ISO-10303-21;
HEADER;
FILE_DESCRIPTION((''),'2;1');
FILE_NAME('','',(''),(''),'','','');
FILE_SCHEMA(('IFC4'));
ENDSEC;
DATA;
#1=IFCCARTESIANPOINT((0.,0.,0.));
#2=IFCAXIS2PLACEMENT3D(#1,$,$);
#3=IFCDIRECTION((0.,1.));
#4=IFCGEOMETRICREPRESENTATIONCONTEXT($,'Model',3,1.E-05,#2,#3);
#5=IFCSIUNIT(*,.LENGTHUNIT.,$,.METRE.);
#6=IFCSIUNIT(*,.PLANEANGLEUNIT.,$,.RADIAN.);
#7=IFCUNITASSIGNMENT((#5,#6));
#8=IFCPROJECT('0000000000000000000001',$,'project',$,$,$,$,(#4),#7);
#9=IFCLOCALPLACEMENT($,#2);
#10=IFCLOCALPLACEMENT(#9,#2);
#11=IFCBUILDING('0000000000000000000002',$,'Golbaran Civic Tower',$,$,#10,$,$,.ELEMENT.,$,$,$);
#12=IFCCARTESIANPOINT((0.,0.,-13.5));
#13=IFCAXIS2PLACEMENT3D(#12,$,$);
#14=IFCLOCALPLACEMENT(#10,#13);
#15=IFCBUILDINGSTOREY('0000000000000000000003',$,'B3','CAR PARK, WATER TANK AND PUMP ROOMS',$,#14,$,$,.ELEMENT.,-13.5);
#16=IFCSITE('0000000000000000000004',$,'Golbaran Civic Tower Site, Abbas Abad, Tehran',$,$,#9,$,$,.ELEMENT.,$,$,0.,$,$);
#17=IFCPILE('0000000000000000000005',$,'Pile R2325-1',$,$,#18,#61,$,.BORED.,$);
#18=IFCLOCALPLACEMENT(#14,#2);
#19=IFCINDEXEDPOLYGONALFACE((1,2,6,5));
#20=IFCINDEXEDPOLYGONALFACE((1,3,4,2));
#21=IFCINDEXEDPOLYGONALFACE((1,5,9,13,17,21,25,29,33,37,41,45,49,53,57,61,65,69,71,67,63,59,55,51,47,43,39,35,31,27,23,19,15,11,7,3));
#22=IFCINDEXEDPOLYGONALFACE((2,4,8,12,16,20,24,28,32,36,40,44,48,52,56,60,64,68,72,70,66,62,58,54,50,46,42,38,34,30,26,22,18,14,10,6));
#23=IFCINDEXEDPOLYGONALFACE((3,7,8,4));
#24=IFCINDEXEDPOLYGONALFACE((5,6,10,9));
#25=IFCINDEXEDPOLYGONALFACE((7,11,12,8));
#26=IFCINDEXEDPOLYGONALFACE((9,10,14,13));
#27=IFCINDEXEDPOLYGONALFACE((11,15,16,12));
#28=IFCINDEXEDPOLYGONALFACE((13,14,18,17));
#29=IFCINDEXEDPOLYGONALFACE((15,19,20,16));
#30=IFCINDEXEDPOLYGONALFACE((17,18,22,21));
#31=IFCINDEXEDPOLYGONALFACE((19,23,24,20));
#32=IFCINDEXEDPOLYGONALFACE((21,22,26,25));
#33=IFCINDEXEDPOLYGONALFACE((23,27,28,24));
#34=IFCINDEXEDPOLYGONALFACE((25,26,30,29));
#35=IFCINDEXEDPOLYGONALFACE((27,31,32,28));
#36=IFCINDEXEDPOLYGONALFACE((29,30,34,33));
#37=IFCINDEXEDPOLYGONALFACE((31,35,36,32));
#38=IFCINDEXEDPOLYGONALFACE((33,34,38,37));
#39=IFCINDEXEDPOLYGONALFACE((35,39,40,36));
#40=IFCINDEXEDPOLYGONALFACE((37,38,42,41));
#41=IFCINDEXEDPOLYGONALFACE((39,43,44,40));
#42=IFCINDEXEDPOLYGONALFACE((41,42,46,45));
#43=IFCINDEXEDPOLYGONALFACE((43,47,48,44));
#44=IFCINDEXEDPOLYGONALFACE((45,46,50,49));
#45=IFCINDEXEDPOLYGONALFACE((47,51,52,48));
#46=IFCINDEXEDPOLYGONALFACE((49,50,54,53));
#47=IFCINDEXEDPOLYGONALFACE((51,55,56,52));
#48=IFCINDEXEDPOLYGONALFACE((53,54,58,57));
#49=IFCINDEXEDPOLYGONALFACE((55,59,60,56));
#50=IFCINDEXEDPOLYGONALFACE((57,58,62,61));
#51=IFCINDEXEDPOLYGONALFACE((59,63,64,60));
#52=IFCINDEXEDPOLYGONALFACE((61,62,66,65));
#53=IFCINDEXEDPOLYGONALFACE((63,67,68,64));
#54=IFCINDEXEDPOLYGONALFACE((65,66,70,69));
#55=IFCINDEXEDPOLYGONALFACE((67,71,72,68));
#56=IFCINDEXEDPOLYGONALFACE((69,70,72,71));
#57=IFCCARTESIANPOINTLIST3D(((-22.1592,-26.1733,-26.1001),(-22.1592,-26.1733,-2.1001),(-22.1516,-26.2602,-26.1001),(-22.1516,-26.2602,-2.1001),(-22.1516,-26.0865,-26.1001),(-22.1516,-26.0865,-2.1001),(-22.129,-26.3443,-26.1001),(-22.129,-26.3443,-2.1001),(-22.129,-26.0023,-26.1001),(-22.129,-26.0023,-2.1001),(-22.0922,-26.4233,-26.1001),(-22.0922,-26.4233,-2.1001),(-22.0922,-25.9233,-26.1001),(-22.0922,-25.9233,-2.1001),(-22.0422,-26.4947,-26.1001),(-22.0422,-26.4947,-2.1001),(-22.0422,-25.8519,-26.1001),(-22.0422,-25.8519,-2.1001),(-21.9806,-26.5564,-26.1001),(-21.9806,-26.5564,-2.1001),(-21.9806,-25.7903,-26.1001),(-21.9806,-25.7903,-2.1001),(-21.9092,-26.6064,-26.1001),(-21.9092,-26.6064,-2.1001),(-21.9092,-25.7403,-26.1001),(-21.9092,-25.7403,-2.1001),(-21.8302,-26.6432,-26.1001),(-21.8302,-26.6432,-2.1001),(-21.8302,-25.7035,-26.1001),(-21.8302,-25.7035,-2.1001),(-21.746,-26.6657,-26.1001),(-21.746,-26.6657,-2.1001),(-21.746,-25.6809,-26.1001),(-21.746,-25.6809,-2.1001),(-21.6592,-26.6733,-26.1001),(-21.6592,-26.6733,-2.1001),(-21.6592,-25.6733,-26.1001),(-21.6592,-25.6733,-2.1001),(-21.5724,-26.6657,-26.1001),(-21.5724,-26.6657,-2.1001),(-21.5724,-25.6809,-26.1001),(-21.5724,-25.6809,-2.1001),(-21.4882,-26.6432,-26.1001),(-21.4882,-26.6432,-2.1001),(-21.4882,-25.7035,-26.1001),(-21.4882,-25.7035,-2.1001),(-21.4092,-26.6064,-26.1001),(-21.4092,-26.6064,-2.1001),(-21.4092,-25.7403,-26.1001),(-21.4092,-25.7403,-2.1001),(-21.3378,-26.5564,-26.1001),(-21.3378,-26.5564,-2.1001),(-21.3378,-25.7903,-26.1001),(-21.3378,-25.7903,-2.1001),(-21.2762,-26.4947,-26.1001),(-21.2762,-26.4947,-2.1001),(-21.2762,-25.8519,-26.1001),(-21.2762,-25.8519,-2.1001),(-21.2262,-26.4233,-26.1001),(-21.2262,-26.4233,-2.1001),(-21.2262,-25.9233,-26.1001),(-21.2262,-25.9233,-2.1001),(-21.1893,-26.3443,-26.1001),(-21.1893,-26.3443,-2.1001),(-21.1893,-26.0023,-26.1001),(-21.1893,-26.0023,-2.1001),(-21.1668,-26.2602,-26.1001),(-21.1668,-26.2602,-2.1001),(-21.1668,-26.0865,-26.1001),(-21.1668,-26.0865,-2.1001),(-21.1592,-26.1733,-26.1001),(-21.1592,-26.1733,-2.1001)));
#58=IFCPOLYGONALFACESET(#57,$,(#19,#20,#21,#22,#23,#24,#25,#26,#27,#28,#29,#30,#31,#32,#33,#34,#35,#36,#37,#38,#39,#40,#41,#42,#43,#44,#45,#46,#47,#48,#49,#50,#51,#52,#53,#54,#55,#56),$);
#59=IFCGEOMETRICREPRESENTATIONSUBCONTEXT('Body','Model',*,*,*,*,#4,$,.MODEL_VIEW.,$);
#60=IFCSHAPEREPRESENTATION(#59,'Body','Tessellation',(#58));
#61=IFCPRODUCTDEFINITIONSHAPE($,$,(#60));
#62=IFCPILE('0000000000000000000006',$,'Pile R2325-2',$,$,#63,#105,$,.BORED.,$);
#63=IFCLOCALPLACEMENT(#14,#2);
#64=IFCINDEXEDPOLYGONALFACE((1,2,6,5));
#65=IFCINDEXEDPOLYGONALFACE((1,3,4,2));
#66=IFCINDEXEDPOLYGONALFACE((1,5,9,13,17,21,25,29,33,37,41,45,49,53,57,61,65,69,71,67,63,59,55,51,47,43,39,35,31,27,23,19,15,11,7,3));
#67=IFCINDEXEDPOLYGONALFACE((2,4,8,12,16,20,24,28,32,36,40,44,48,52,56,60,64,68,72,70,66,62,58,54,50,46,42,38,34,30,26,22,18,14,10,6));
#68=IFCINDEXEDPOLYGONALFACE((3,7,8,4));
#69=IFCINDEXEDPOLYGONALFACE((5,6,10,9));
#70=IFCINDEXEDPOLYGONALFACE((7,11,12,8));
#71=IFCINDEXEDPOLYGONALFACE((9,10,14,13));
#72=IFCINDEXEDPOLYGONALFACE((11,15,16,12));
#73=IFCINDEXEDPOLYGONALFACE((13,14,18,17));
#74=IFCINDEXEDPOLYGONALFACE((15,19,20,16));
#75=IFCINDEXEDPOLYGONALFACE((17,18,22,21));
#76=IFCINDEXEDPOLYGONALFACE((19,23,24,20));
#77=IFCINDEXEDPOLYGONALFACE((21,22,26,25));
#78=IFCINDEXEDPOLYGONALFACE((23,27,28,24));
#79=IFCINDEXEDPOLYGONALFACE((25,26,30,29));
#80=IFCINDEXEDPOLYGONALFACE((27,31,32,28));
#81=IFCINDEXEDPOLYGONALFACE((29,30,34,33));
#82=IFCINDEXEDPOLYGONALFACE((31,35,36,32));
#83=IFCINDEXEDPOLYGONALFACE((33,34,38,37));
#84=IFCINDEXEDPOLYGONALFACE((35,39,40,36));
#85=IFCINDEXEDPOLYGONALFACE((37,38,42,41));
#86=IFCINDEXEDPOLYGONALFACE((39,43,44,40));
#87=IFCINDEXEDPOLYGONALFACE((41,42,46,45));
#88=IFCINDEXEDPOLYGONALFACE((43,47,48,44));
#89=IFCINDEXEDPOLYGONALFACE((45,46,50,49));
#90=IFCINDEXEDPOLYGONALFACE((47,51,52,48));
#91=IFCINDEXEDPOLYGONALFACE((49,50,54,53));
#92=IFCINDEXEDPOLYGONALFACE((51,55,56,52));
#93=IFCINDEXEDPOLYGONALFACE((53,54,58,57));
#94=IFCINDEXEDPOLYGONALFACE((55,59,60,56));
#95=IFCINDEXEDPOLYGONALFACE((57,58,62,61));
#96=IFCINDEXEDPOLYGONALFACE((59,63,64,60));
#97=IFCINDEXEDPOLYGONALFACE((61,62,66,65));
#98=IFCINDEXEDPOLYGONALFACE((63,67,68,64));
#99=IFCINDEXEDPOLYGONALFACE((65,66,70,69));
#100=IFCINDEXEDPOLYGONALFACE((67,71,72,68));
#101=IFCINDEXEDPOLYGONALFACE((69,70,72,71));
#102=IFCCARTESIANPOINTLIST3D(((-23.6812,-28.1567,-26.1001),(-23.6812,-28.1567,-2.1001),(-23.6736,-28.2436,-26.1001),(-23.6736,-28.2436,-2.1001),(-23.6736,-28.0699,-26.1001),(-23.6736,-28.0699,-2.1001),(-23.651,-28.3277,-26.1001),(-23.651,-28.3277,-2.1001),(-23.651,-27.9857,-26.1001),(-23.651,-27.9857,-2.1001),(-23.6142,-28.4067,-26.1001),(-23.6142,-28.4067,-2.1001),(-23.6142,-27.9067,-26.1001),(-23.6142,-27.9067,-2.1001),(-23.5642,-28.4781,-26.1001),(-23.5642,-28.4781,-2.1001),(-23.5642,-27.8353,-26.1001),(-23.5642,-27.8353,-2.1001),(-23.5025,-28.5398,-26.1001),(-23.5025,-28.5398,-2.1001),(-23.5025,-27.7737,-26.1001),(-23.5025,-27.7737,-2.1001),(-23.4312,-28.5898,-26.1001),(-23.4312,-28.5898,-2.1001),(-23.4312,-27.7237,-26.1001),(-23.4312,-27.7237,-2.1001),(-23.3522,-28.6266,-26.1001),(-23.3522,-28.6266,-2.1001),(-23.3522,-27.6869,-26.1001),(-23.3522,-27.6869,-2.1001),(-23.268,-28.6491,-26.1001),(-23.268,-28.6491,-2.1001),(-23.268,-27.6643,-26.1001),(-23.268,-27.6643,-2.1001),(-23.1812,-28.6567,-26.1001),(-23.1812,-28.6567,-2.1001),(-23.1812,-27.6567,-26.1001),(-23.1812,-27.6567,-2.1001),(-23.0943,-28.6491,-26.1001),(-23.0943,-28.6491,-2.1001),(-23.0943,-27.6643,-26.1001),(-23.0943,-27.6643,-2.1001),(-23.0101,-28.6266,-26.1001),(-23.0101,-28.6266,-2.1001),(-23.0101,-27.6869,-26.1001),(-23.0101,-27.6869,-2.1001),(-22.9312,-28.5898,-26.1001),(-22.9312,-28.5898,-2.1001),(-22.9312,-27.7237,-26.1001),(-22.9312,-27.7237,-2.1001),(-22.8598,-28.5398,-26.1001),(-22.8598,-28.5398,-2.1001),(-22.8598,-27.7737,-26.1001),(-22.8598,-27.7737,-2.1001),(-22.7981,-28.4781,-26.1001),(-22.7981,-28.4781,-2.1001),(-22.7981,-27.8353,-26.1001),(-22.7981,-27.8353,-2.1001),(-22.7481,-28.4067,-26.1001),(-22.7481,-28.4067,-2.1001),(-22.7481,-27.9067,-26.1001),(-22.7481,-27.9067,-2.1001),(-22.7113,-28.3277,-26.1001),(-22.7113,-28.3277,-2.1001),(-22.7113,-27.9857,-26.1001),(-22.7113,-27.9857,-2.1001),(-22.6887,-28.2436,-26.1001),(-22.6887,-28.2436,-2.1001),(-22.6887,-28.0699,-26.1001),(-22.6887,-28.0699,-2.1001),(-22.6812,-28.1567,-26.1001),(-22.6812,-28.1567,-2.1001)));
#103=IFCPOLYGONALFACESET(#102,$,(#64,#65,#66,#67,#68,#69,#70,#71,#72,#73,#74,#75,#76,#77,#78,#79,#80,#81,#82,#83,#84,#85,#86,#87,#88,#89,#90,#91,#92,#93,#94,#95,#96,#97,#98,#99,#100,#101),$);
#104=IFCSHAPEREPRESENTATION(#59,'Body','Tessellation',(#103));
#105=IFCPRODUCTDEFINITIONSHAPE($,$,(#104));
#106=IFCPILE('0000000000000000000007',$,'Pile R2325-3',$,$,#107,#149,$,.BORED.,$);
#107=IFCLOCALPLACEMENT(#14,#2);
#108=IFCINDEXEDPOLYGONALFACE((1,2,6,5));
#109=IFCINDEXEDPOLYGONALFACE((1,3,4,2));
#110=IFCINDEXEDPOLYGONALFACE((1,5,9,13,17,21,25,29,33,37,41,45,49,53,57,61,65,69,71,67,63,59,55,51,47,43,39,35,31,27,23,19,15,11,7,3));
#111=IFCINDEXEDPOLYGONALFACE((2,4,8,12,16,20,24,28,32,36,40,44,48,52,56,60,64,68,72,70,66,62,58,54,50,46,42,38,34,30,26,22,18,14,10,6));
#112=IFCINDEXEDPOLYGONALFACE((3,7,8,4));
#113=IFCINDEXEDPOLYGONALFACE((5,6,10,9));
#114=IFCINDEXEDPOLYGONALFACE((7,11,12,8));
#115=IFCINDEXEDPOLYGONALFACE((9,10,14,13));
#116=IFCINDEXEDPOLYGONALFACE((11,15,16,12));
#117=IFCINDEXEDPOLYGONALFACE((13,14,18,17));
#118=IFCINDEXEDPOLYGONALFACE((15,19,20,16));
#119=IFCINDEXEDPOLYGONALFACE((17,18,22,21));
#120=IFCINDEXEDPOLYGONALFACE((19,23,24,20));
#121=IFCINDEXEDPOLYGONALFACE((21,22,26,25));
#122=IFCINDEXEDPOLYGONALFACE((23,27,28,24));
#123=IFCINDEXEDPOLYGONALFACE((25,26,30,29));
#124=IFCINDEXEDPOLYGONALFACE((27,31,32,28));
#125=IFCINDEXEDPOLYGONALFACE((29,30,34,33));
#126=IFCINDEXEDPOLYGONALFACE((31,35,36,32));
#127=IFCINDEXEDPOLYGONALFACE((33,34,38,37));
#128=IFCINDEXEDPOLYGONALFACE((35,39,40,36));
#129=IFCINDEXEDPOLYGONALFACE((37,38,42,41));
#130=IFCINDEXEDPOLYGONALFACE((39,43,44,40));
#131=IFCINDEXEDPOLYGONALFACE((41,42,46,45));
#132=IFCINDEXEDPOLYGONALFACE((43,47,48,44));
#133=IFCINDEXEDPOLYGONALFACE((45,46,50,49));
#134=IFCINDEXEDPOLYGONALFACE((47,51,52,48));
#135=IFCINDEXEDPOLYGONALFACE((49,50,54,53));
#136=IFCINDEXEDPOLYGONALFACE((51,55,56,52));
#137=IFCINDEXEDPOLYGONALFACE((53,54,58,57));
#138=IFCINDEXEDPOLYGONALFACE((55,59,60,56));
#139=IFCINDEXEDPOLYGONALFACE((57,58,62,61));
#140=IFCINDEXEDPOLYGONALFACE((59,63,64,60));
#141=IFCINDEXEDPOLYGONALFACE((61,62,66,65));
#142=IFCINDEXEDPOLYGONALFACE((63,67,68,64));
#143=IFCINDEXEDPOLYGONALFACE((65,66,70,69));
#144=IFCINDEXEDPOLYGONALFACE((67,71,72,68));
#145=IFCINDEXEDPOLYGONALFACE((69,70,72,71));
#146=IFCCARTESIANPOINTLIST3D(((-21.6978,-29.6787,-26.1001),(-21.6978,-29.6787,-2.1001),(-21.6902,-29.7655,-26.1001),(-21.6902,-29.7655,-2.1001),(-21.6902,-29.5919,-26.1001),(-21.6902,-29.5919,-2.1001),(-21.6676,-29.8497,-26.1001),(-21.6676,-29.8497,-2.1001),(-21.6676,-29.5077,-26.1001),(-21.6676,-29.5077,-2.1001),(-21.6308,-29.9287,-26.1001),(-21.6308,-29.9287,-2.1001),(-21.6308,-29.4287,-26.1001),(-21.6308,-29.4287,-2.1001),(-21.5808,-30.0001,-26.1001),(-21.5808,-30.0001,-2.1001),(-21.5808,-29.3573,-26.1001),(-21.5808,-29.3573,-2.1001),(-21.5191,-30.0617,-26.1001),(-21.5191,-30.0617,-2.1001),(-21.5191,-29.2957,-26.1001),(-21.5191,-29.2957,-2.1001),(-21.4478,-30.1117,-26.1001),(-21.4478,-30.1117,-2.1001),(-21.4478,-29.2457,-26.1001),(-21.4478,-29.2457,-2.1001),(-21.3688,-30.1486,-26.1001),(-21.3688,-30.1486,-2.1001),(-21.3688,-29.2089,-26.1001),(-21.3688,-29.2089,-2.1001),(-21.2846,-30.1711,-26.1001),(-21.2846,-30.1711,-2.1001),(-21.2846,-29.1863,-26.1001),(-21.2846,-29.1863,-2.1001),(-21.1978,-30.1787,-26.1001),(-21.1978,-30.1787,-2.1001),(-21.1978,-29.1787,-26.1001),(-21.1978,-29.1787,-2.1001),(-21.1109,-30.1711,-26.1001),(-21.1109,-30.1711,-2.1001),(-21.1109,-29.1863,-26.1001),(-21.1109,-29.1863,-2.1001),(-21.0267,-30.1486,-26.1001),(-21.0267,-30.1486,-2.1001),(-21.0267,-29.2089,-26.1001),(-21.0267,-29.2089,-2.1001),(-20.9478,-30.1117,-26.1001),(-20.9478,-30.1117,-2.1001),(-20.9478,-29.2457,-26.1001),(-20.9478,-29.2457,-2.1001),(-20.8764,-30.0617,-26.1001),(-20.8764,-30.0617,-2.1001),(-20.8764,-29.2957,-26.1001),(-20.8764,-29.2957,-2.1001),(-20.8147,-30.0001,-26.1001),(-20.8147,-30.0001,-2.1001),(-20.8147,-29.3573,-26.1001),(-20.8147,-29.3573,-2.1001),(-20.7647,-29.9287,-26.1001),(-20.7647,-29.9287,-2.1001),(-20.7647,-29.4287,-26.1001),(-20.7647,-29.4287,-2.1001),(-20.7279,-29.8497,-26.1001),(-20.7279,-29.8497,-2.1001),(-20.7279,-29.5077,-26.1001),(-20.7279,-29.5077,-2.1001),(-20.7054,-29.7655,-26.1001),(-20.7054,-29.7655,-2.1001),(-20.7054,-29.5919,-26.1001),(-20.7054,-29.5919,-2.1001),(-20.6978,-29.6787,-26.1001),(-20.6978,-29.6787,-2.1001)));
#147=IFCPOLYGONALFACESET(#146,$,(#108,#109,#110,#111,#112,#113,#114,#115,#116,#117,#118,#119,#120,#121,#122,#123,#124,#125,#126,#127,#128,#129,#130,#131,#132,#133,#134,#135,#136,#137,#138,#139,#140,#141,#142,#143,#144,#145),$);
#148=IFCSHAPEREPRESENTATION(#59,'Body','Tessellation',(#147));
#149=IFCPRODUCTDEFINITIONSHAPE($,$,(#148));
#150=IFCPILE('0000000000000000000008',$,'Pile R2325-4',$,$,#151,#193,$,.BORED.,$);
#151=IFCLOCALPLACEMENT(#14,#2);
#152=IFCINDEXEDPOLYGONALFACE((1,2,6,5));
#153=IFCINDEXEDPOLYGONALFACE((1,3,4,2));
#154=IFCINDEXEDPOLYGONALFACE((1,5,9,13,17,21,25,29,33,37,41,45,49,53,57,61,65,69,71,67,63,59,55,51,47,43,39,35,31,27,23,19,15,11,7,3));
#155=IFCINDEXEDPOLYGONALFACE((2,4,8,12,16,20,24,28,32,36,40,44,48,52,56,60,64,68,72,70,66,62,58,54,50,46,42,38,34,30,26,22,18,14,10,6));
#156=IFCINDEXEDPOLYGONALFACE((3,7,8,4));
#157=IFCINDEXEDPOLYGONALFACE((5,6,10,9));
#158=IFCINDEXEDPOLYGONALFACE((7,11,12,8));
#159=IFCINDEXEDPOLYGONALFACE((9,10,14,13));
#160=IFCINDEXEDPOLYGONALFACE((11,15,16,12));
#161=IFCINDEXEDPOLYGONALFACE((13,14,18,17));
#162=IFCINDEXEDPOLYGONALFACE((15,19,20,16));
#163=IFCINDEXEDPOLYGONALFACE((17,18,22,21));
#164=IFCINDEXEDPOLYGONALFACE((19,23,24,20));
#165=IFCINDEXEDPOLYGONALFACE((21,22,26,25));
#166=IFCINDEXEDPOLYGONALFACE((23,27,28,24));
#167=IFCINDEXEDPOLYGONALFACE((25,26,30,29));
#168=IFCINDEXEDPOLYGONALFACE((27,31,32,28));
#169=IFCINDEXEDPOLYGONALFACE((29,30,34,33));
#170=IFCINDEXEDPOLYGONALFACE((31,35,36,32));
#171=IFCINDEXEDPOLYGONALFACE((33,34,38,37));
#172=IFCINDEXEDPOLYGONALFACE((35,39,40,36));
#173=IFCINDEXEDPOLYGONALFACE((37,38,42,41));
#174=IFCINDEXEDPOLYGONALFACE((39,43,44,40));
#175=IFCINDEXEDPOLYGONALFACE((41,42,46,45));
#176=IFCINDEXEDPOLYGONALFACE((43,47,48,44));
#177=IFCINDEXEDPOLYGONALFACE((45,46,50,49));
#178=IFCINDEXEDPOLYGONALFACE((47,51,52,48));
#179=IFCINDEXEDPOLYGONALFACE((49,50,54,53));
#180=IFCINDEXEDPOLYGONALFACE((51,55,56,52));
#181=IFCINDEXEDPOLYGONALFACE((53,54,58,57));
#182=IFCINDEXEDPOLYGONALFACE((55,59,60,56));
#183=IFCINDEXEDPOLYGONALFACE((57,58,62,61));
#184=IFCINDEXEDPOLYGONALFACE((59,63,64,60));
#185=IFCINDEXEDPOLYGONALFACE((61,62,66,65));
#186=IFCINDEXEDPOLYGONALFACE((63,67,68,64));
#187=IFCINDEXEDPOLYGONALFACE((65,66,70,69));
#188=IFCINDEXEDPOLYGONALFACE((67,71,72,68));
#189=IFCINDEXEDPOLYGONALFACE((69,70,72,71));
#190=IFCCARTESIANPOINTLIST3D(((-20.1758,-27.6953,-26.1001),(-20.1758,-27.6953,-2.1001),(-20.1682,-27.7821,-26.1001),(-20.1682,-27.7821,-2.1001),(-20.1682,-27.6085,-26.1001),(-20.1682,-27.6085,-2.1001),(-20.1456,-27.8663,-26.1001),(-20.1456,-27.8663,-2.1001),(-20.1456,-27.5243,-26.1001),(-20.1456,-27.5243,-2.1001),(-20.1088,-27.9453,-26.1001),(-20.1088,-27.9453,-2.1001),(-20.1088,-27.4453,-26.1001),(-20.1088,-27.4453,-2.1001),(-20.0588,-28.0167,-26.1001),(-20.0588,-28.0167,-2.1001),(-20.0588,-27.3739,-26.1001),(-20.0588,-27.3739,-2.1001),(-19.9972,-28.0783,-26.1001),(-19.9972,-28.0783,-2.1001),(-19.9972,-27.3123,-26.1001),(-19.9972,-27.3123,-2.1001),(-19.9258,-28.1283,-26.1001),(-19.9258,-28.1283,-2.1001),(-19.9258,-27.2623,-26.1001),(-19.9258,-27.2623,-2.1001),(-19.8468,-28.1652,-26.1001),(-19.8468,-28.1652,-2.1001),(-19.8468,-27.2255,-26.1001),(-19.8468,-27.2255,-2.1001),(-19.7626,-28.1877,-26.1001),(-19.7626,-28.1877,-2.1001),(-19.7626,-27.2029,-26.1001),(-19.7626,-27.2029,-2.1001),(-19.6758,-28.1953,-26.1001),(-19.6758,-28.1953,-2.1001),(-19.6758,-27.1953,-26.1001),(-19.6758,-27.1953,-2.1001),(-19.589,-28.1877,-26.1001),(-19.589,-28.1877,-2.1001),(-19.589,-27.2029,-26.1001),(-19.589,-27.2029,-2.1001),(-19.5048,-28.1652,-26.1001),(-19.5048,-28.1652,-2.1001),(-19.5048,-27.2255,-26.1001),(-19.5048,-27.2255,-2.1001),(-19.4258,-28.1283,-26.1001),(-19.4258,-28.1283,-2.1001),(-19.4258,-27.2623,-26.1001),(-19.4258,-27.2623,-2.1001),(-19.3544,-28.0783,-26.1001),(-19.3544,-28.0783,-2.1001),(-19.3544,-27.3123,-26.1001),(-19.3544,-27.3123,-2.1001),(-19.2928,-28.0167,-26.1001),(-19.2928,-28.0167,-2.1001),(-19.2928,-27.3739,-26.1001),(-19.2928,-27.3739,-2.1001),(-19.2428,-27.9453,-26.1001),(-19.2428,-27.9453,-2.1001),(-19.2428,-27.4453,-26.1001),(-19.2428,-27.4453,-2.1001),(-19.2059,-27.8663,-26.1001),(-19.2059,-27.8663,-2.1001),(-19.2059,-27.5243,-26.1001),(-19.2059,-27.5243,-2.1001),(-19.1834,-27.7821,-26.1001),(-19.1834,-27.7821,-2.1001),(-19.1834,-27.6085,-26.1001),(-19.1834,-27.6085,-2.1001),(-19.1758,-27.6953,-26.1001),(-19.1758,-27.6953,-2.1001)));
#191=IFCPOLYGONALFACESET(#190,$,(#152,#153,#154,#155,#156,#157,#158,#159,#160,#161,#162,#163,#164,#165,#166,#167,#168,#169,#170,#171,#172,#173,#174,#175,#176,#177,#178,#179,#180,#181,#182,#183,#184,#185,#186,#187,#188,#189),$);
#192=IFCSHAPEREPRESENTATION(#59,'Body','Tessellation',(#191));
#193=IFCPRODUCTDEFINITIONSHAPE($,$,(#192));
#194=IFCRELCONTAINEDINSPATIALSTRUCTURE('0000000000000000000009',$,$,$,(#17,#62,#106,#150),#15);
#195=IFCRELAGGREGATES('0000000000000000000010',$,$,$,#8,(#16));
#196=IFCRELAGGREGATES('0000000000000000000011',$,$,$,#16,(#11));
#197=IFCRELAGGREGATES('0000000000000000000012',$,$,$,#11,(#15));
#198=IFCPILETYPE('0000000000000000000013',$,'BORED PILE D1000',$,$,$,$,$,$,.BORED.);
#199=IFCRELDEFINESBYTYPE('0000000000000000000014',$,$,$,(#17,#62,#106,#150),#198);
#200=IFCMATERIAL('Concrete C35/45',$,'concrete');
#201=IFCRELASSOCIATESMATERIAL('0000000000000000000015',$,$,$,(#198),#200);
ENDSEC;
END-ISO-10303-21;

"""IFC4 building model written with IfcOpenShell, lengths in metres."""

from ifc_helpers import new_model, si_unit, direction, frame, origin, origin_2d, place, context, subcontext, project, spatial, circle, extrude, material, material_profile, profile_set, type_object, element, save


model = new_model("IFC4")

# Units and contexts
model_context = context("Model", 3, precision=1e-05, world=origin(), true_north=direction((0.0, 1.0)))
body_context = subcontext(model_context, "Body", "Model", "MODEL_VIEW")
ifc_project = project(units=[si_unit("LENGTHUNIT", "METRE"), si_unit("PLANEANGLEUNIT", "RADIAN")], contexts=[model_context])

# Site, building, storey
site_placement = place(None, origin())
site = spatial("IfcSite", under=ifc_project, at=site_placement, Name="Golbaran Civic Tower Site, Abbas Abad, Tehran", CompositionType="ELEMENT", RefElevation=0.0)
building_placement = place(site_placement, origin())
building = spatial("IfcBuilding", under=site, at=building_placement, Name="Golbaran Civic Tower", CompositionType="ELEMENT")
storey_placement = place(building_placement, frame((0.0, 0.0, -13.5)))
storey = spatial("IfcBuildingStorey", under=building, at=storey_placement, Name="B3", Description="CAR PARK, WATER TANK AND PUMP ROOMS", CompositionType="ELEMENT", Elevation=-13.5)

# Piles
ifc_material_1 = material(Name="Concrete C35/45", Category="concrete")
ifc_material_profile_1 = material_profile(ifc_material_1, circle(Radius=0.5, at=origin_2d()), Name="BORED PILE D1000")
ifc_profile_set_1 = profile_set([ifc_material_profile_1], Name="Concrete C35/45")
pile_type_1 = type_object("IfcPileType", Name="BORED PILE D1000", PredefinedType="BORED", material=ifc_profile_set_1)
for number, where, z_axis, x_axis, name in (
    (1, (-21.6592, -26.1733, -2.1001), (0.0, 0.0, -1.0), (1.0, 0.0, 0.0), "Pile R2325-1"),
    (2, (-23.1812, -28.1567, -2.1001), (0.0, 0.0, -1.0), (1.0, 0.0, 0.0), "Pile R2325-2"),
    (3, (-21.1978, -29.6787, -2.1001), (0.0, 0.0, -1.0), (1.0, 0.0, 0.0), "Pile R2325-3"),
    (4, (-19.6758, -27.6953, -2.1001), (0.0, 0.0, -1.0), (1.0, 0.0, 0.0), "Pile R2325-4"),
):
    element("IfcPile", number, at=place(storey_placement, frame(where, z_axis=z_axis, x_axis=x_axis)), inside=storey, type_object=pile_type_1, Name=name, PredefinedType="BORED", context=body_context, shape_type="SweptSolid", body=[
        extrude(circle(Radius=0.5, at=origin_2d()), origin(), (0.0, 0.0, 1.0), 24.0),
    ])

save(model, "model.ifc")
